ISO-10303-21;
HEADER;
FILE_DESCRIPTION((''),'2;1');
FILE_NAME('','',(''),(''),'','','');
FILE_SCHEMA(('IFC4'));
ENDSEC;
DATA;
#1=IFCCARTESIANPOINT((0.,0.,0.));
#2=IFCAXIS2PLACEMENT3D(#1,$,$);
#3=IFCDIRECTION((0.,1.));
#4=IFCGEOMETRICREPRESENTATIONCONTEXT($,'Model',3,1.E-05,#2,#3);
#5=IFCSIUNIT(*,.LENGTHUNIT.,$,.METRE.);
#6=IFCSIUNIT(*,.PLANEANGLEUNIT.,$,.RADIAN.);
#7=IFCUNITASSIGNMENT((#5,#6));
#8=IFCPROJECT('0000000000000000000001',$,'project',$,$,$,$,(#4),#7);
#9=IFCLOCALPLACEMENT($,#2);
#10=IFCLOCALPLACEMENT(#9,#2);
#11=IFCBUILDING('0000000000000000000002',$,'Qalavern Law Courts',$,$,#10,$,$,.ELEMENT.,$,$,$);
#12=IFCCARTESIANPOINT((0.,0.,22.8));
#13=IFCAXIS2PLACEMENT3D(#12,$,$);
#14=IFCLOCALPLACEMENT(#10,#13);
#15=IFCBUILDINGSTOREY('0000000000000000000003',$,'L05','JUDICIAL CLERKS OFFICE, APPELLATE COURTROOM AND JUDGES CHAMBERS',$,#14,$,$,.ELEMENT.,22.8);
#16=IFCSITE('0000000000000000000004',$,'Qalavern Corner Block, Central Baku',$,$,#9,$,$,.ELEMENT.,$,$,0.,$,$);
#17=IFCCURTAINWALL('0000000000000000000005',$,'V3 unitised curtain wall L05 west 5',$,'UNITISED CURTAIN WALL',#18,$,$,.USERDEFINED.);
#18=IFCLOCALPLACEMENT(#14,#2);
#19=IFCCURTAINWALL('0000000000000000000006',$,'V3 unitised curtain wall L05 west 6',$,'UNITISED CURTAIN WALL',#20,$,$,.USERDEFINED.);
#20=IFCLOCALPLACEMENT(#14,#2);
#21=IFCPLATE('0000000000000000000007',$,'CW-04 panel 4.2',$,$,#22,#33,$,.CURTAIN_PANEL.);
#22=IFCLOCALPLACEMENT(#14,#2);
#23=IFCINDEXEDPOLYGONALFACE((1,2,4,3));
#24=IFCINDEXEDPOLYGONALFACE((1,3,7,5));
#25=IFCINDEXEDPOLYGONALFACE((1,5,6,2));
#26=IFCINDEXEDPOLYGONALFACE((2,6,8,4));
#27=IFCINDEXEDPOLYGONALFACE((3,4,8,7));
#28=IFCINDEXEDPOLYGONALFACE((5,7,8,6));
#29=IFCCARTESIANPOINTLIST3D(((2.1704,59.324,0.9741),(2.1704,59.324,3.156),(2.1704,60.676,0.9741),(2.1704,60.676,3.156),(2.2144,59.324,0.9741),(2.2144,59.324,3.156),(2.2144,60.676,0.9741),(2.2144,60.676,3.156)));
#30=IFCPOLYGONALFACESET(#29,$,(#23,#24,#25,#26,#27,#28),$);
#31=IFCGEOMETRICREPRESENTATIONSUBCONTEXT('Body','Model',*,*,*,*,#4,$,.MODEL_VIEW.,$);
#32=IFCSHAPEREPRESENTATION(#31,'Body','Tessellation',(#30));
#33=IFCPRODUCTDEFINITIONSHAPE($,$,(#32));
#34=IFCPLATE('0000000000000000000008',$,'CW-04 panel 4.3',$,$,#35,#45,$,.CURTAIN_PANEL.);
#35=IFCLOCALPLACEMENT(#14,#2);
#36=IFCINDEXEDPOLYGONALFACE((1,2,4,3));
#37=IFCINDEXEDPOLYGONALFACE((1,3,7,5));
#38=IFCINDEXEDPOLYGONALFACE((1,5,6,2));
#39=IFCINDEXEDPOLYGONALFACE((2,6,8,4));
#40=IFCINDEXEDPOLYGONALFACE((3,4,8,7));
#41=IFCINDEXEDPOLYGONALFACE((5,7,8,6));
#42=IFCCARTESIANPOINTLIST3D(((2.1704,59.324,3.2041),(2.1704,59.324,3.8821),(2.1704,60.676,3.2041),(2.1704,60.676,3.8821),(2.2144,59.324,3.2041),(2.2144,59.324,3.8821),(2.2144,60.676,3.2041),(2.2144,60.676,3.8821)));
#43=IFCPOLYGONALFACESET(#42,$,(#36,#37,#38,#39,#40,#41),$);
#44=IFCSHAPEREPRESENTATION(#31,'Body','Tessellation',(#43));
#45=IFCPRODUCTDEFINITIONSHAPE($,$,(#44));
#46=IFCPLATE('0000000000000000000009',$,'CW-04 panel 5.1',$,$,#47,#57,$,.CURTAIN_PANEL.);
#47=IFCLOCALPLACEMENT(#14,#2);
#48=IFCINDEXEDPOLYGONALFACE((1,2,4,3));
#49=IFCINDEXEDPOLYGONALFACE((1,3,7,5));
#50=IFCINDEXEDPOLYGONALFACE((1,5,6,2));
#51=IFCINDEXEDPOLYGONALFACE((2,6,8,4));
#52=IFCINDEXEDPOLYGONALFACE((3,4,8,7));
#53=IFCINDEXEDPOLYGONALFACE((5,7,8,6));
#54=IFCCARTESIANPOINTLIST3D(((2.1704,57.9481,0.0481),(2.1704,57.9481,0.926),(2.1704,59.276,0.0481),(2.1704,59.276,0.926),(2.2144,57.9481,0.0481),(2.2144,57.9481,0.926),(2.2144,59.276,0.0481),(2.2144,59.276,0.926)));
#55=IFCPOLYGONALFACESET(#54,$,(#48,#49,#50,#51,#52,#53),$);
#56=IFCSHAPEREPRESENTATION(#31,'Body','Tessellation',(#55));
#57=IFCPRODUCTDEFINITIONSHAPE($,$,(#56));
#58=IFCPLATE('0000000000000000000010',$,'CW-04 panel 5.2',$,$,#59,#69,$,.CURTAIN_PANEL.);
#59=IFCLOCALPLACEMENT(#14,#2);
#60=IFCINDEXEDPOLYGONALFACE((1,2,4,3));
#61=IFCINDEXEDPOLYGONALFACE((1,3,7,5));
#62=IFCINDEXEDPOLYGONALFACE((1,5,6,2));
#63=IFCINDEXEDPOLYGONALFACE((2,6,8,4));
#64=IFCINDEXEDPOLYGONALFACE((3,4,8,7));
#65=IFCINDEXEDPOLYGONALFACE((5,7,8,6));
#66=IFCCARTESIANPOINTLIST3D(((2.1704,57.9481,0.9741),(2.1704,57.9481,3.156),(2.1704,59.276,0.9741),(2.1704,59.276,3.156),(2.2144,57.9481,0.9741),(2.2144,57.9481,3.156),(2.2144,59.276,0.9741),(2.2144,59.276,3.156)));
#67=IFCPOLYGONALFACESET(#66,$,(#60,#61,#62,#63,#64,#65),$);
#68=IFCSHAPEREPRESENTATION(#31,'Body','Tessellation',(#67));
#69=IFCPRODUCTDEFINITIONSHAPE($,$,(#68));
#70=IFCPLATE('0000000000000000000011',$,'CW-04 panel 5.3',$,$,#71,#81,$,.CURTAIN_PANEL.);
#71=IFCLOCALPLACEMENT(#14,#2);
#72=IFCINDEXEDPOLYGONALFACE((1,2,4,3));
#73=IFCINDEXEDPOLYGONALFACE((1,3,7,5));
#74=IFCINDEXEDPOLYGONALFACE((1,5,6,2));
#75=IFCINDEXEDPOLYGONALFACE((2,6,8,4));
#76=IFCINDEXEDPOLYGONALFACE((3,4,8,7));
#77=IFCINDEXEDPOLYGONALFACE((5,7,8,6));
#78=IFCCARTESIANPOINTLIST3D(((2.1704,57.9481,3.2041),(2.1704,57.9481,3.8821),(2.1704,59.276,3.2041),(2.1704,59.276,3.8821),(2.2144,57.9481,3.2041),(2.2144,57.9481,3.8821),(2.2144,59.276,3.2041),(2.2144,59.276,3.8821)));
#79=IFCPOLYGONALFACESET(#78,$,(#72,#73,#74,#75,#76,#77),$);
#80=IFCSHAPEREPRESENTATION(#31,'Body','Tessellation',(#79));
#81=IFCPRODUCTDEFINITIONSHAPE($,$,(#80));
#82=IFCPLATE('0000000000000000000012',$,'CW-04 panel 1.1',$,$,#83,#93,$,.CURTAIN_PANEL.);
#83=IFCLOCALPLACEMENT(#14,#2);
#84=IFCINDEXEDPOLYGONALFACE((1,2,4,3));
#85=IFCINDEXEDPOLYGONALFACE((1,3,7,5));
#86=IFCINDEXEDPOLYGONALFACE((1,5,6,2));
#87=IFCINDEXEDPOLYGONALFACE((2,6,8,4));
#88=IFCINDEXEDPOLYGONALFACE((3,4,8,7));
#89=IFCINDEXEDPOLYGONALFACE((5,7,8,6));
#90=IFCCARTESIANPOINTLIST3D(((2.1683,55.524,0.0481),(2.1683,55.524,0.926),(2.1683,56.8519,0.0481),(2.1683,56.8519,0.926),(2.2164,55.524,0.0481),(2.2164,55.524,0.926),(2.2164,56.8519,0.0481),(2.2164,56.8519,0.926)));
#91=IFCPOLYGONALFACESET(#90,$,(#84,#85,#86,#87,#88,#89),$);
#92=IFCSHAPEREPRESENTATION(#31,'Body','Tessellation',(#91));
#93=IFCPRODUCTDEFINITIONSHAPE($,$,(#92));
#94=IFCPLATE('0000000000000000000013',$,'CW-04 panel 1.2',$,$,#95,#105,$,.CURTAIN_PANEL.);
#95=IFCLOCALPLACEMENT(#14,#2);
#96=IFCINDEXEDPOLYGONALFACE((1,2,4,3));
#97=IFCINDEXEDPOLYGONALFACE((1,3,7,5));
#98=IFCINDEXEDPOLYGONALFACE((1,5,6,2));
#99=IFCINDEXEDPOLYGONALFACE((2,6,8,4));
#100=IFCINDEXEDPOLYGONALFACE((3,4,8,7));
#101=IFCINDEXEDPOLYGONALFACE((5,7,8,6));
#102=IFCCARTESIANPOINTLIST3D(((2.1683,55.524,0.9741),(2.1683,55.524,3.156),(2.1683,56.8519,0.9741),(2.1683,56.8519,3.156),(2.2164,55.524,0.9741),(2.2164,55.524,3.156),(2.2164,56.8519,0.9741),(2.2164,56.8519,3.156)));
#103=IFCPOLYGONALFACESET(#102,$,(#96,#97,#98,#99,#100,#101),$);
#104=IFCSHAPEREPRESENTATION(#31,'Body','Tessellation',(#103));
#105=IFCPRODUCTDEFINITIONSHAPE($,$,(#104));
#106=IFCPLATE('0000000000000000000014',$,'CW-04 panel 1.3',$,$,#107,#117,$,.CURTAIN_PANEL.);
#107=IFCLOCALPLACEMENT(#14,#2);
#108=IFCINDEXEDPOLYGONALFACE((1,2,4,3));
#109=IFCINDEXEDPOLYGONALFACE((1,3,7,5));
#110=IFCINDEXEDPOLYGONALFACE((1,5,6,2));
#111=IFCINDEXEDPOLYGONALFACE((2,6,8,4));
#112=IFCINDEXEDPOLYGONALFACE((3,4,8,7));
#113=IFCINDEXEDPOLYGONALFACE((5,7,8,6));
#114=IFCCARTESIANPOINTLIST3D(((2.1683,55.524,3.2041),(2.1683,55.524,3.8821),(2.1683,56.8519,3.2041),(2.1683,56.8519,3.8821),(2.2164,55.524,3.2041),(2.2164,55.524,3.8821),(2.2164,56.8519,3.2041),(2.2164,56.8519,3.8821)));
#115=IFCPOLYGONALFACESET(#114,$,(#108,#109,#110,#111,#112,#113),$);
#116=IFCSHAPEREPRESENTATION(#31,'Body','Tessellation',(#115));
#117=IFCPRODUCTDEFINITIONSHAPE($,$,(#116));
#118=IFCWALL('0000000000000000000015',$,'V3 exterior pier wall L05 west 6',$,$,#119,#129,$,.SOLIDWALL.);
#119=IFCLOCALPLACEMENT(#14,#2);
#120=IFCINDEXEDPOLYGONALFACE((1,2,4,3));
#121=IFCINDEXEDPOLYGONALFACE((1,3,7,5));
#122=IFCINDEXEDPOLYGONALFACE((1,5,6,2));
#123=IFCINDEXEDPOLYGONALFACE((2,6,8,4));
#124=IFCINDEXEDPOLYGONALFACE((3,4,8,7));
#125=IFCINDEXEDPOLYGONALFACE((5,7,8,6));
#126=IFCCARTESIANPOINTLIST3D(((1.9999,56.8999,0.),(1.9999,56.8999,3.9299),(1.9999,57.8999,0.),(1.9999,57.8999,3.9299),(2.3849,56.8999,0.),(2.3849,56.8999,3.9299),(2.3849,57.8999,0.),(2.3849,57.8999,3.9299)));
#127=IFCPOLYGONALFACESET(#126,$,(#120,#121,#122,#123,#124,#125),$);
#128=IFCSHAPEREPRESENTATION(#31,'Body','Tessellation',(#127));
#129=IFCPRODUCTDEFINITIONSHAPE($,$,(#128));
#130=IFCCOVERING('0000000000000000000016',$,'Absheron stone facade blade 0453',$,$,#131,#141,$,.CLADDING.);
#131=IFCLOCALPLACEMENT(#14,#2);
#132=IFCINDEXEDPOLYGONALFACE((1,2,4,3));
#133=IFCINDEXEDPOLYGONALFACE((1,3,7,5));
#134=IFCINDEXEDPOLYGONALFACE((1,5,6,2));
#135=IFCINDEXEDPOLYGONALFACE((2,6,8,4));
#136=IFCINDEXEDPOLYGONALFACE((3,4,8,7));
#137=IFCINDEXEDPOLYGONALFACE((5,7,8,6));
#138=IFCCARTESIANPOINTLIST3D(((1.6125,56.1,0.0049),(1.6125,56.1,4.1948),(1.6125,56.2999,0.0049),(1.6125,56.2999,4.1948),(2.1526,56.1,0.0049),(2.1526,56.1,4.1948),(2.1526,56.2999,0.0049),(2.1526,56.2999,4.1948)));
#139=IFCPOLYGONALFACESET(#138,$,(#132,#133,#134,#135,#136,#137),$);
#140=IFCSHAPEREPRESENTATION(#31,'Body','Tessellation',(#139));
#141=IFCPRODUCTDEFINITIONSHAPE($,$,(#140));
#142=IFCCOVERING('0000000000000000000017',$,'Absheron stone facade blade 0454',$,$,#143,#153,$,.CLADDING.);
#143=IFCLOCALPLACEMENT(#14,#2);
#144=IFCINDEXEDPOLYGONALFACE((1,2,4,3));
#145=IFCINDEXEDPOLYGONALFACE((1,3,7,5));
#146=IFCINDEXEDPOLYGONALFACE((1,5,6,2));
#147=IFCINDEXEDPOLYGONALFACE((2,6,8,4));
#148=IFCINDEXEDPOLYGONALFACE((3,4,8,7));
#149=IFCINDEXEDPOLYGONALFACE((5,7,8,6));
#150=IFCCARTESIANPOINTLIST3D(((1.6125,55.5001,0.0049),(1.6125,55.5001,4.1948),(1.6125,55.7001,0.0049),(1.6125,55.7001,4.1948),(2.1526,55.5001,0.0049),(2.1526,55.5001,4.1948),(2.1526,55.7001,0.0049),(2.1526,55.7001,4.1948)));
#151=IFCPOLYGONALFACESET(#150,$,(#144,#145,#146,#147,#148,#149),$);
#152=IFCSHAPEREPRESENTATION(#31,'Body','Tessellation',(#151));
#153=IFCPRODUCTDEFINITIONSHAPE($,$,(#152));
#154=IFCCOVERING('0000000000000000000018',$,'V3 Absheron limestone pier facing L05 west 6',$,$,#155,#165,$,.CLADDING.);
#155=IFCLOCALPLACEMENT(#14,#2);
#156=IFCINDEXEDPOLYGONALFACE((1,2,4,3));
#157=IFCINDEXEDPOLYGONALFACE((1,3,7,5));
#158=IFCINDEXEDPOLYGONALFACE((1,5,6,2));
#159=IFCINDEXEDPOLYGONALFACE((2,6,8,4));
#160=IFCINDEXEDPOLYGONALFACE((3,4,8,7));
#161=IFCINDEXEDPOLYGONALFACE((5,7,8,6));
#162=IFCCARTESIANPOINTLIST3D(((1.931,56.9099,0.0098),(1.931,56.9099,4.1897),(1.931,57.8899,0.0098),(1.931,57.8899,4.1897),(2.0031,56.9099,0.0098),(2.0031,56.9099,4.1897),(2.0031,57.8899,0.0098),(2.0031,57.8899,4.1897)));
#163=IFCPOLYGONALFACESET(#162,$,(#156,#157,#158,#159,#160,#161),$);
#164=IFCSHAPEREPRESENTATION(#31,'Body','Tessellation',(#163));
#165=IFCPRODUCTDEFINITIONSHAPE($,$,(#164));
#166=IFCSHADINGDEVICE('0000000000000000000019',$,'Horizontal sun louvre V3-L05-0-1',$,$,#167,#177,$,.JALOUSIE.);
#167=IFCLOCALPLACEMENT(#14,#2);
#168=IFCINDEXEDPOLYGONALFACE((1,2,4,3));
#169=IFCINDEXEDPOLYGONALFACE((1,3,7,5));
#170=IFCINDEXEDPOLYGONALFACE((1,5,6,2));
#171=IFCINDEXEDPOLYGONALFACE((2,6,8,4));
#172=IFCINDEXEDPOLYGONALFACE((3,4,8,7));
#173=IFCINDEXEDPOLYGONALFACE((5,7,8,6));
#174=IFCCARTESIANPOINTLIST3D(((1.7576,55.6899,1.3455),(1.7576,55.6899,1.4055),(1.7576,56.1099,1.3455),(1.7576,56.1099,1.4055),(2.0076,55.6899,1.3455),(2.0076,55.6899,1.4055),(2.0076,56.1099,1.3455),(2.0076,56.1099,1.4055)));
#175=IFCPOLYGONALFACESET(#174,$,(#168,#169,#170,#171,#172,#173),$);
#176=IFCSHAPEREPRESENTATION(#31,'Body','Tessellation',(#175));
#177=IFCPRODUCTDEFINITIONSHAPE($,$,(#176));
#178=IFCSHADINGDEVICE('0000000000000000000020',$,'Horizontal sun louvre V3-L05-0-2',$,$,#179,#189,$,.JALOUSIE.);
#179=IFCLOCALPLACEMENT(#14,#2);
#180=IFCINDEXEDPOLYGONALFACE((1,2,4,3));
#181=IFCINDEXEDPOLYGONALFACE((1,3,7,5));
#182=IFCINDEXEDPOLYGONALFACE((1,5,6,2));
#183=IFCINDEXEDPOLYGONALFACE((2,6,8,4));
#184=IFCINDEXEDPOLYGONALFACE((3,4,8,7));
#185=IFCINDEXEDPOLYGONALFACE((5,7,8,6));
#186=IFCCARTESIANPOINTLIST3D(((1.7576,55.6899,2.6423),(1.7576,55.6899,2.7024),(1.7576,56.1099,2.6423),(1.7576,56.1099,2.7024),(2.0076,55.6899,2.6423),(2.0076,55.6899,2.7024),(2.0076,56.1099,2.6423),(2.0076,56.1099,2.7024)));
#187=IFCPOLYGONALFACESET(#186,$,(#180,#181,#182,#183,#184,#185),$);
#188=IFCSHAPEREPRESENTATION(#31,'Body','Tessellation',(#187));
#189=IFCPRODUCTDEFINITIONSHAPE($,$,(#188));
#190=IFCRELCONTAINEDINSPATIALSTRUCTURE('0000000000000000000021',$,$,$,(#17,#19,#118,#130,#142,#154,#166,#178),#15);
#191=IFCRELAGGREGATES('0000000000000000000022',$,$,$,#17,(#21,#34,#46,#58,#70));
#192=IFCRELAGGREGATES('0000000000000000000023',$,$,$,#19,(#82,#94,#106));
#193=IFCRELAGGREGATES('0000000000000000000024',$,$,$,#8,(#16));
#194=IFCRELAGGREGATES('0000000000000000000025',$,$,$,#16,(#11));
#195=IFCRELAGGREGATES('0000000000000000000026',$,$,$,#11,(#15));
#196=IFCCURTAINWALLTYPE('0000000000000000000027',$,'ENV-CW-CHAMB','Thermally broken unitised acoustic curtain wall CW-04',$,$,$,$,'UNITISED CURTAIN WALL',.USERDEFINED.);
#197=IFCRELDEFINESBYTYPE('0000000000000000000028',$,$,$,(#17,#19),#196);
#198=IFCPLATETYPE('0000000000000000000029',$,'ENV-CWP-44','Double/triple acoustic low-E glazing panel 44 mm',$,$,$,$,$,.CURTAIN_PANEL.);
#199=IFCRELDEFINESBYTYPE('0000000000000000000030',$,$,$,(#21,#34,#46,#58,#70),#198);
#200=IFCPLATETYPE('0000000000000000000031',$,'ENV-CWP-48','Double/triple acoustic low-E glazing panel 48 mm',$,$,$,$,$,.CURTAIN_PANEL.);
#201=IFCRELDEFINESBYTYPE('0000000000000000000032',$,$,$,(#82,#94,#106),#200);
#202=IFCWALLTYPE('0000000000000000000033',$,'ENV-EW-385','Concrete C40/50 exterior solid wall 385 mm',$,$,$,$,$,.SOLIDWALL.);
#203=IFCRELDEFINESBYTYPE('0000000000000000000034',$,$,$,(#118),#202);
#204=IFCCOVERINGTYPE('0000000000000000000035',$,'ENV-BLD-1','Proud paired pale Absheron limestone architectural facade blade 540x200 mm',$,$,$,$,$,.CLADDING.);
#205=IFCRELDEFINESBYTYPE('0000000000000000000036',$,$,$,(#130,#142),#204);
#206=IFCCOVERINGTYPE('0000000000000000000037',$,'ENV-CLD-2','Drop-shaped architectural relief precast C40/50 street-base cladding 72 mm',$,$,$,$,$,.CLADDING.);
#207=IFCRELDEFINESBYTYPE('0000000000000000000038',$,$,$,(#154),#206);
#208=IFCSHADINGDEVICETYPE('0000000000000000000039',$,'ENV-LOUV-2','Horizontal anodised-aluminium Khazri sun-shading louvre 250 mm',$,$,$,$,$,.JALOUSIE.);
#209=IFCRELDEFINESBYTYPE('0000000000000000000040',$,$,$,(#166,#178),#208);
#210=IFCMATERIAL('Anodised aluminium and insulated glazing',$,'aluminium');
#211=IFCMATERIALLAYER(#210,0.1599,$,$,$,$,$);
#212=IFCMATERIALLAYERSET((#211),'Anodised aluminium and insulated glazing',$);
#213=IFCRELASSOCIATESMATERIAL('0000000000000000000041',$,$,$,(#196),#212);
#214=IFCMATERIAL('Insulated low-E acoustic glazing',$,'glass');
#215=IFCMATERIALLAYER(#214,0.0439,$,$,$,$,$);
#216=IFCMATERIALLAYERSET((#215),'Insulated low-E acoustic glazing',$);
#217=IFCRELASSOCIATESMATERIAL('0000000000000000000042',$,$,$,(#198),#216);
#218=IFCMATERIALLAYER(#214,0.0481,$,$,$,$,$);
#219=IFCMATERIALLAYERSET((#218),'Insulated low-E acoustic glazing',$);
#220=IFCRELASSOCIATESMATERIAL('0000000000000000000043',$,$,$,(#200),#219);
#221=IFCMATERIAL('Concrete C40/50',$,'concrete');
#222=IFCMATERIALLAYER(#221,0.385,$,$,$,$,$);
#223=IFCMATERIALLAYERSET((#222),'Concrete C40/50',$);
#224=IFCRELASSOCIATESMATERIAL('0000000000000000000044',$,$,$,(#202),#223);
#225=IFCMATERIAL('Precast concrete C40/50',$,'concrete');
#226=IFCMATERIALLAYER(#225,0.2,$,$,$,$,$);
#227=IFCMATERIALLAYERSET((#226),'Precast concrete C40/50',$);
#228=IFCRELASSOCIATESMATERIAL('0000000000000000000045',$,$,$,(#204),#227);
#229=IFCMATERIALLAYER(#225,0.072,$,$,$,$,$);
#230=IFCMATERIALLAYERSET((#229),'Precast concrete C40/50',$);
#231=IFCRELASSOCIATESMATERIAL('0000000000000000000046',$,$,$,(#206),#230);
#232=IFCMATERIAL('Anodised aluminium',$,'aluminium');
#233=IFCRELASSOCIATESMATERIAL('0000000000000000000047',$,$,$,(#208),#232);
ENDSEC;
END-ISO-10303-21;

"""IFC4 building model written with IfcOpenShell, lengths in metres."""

from ifc_helpers import new_model, si_unit, direction, frame, frame_2d, origin, origin_2d, place, context, subcontext, project, spatial, rectangle, extrude, material, layer, layer_set, type_object, element, aggregate, save


model = new_model("IFC4")

# Units and contexts
model_context = context("Model", 3, precision=1e-05, world=origin(), true_north=direction((0.0, 1.0)))
body_context = subcontext(model_context, "Body", "Model", "MODEL_VIEW")
ifc_project = project(units=[si_unit("LENGTHUNIT", "METRE"), si_unit("PLANEANGLEUNIT", "RADIAN")], contexts=[model_context])

# Site, building, storey
site_placement = place(None, origin())
site = spatial("IfcSite", under=ifc_project, at=site_placement, Name="Qalavern Corner Block, Central Baku", CompositionType="ELEMENT", RefElevation=0.0)
building_placement = place(site_placement, origin())
building = spatial("IfcBuilding", under=site, at=building_placement, Name="Qalavern Law Courts", CompositionType="ELEMENT")
storey_placement = place(building_placement, frame((0.0, 0.0, 22.8)))
storey = spatial("IfcBuildingStorey", under=building, at=storey_placement, Name="L05", Description="JUDICIAL CLERKS OFFICE, APPELLATE COURTROOM AND JUDGES CHAMBERS", CompositionType="ELEMENT", Elevation=22.8)

# Curtain walls
ifc_material_1 = material(Name="Anodised aluminium and insulated glazing", Category="aluminium")
ifc_layer_1 = layer(ifc_material_1, 0.1599)
ifc_layer_set_1 = layer_set([ifc_layer_1], Name="Anodised aluminium and insulated glazing")
curtain_wall_type = type_object("IfcCurtainWallType", Name="ENV-CW-CHAMB", Description="Thermally broken unitised acoustic curtain wall CW-04", ElementType="UNITISED CURTAIN WALL", PredefinedType="USERDEFINED", material=ifc_layer_set_1)
curtain_wall_1_placement = place(storey_placement, origin())
curtain_wall_1 = element("IfcCurtainWall", 1, at=curtain_wall_1_placement, inside=storey, type_object=curtain_wall_type, Name="V3 unitised curtain wall L05 west 5", ObjectType="UNITISED CURTAIN WALL", PredefinedType="USERDEFINED")
ifc_material_2 = material(Name="Anodised aluminium", Category="aluminium")
curtain_wall_2_placement = place(storey_placement, origin())
curtain_wall_2 = element("IfcCurtainWall", 2, at=curtain_wall_2_placement, inside=storey, type_object=curtain_wall_type, Name="V3 unitised curtain wall L05 west 6", ObjectType="UNITISED CURTAIN WALL", PredefinedType="USERDEFINED")

# Shared definitions
ifc_material_3 = material(Name="Concrete C40/50", Category="concrete")

# Plates
ifc_material_4 = material(Name="Insulated low-E acoustic glazing", Category="glass")
ifc_layer_2 = layer(ifc_material_4, 0.0439)
ifc_layer_set_2 = layer_set([ifc_layer_2], Name="Insulated low-E acoustic glazing")
plate_type_1 = type_object("IfcPlateType", Name="ENV-CWP-44", Description="Double/triple acoustic low-E glazing panel 44 mm", PredefinedType="CURTAIN_PANEL", material=ifc_layer_set_2)
plate_1_placement = place(storey_placement, frame((2.1924, 60.0, 0.9741), z_axis=(0.0, 0.0, 1.0), x_axis=(0.0, -1.0, 0.0)))
plate_1 = element("IfcPlate", 3, at=plate_1_placement, type_object=plate_type_1, Name="CW-04 panel 4.2", PredefinedType="CURTAIN_PANEL", context=body_context, shape_type="SweptSolid", body=[
    extrude(rectangle(XDim=1.3521, YDim=0.0439, at=origin_2d()), origin(), (0.0, 0.0, 1.0), 2.1819),
])
plate_2_placement = place(storey_placement, frame((2.1924, 60.0, 3.2041), z_axis=(0.0, 0.0, 1.0), x_axis=(0.0, -1.0, 0.0)))
plate_2 = element("IfcPlate", 4, at=plate_2_placement, type_object=plate_type_1, Name="CW-04 panel 4.3", PredefinedType="CURTAIN_PANEL", context=body_context, shape_type="SweptSolid", body=[
    extrude(rectangle(XDim=1.3521, YDim=0.0439, at=origin_2d()), origin(), (0.0, 0.0, 1.0), 0.678),
])
plate_3_placement = place(storey_placement, frame((2.1924, 58.6121, 0.0481), z_axis=(0.0, 0.0, 1.0), x_axis=(0.0, -1.0, 0.0)))
plate_3 = element("IfcPlate", 5, at=plate_3_placement, type_object=plate_type_1, Name="CW-04 panel 5.1", PredefinedType="CURTAIN_PANEL", context=body_context, shape_type="SweptSolid", body=[
    extrude(rectangle(XDim=1.3279, YDim=0.0439, at=origin_2d()), origin(), (0.0, 0.0, 1.0), 0.8779),
])
plate_4_placement = place(storey_placement, frame((2.1924, 58.6121, 0.9741), z_axis=(0.0, 0.0, 1.0), x_axis=(0.0, -1.0, 0.0)))
plate_4 = element("IfcPlate", 6, at=plate_4_placement, type_object=plate_type_1, Name="CW-04 panel 5.2", PredefinedType="CURTAIN_PANEL", context=body_context, shape_type="SweptSolid", body=[
    extrude(rectangle(XDim=1.3279, YDim=0.0439, at=origin_2d()), origin(), (0.0, 0.0, 1.0), 2.1819),
])
plate_5_placement = place(storey_placement, frame((2.1924, 58.6121, 3.2041), z_axis=(0.0, 0.0, 1.0), x_axis=(0.0, -1.0, 0.0)))
plate_5 = element("IfcPlate", 7, at=plate_5_placement, type_object=plate_type_1, Name="CW-04 panel 5.3", PredefinedType="CURTAIN_PANEL", context=body_context, shape_type="SweptSolid", body=[
    extrude(rectangle(XDim=1.3279, YDim=0.0439, at=origin_2d()), origin(), (0.0, 0.0, 1.0), 0.678),
])
aggregate(curtain_wall_1, [plate_1, plate_2, plate_3, plate_4, plate_5])
ifc_layer_3 = layer(ifc_material_4, 0.0481)
ifc_layer_set_3 = layer_set([ifc_layer_3], Name="Insulated low-E acoustic glazing")
plate_type_2 = type_object("IfcPlateType", Name="ENV-CWP-48", Description="Double/triple acoustic low-E glazing panel 48 mm", PredefinedType="CURTAIN_PANEL", material=ifc_layer_set_3)
plate_6_placement = place(storey_placement, frame((2.1924, 56.188, 0.0481), z_axis=(0.0, 0.0, 1.0), x_axis=(0.0, -1.0, 0.0)))
plate_6 = element("IfcPlate", 8, at=plate_6_placement, type_object=plate_type_2, Name="CW-04 panel 1.1", PredefinedType="CURTAIN_PANEL", context=body_context, shape_type="SweptSolid", body=[
    extrude(rectangle(XDim=1.3279, YDim=0.0481, at=origin_2d()), origin(), (0.0, 0.0, 1.0), 0.8779),
])
plate_7_placement = place(storey_placement, frame((2.1924, 56.188, 0.9741), z_axis=(0.0, 0.0, 1.0), x_axis=(0.0, -1.0, 0.0)))
plate_7 = element("IfcPlate", 9, at=plate_7_placement, type_object=plate_type_2, Name="CW-04 panel 1.2", PredefinedType="CURTAIN_PANEL", context=body_context, shape_type="SweptSolid", body=[
    extrude(rectangle(XDim=1.3279, YDim=0.0481, at=origin_2d()), origin(), (0.0, 0.0, 1.0), 2.1819),
])
plate_8_placement = place(storey_placement, frame((2.1924, 56.188, 3.2041), z_axis=(0.0, 0.0, 1.0), x_axis=(0.0, -1.0, 0.0)))
plate_8 = element("IfcPlate", 10, at=plate_8_placement, type_object=plate_type_2, Name="CW-04 panel 1.3", PredefinedType="CURTAIN_PANEL", context=body_context, shape_type="SweptSolid", body=[
    extrude(rectangle(XDim=1.3279, YDim=0.0481, at=origin_2d()), origin(), (0.0, 0.0, 1.0), 0.678),
])
aggregate(curtain_wall_2, [plate_6, plate_7, plate_8])

# Wall
ifc_layer_4 = layer(ifc_material_3, 0.385)
ifc_layer_set_4 = layer_set([ifc_layer_4], Name="Concrete C40/50")
wall_type = type_object("IfcWallType", Name="ENV-EW-385", Description="Concrete C40/50 exterior solid wall 385 mm", PredefinedType="SOLIDWALL", material=ifc_layer_set_4)
wall_placement = place(storey_placement, frame((2.1924, 57.8999, 0.0), z_axis=(0.0, 0.0, 1.0), x_axis=(0.0, -1.0, 0.0)))
element("IfcWall", 11, at=wall_placement, inside=storey, type_object=wall_type, Name="V3 exterior pier wall L05 west 6", PredefinedType="SOLIDWALL", context=body_context, shape_type="SweptSolid", body=[
    extrude(rectangle(XDim=1.0, YDim=0.385, at=frame_2d((0.5, 0.0))), origin(), (0.0, 0.0, 1.0), 3.9299),
])

# Coverings
ifc_material_5 = material(Name="Precast concrete C40/50", Category="concrete")
ifc_layer_5 = layer(ifc_material_5, 0.2)
ifc_layer_set_5 = layer_set([ifc_layer_5], Name="Precast concrete C40/50")
covering_type_1 = type_object("IfcCoveringType", Name="ENV-BLD-1", Description="Proud paired pale Absheron limestone architectural facade blade 540x200 mm", PredefinedType="CLADDING", material=ifc_layer_set_5)
for number, where, z_axis, x_axis, name in (
    (12, (1.8826, 56.2, 0.0049), (0.0, 0.0, 1.0), (-1.0, 0.0, 0.0), "Absheron stone facade blade 0453"),
    (13, (1.8826, 55.6001, 0.0049), (0.0, 0.0, 1.0), (-1.0, 0.0, 0.0), "Absheron stone facade blade 0454"),
):
    element("IfcCovering", number, at=place(storey_placement, frame(where, z_axis=z_axis, x_axis=x_axis)), inside=storey, type_object=covering_type_1, Name=name, PredefinedType="CLADDING", context=body_context, shape_type="SweptSolid", body=[
        extrude(rectangle(XDim=0.54, YDim=0.2, at=origin_2d()), origin(), (0.0, 0.0, 1.0), 4.1899),
    ])
ifc_layer_6 = layer(ifc_material_5, 0.072)
ifc_layer_set_6 = layer_set([ifc_layer_6], Name="Precast concrete C40/50")
covering_type_2 = type_object("IfcCoveringType", Name="ENV-CLD-2", Description="Drop-shaped architectural relief precast C40/50 street-base cladding 72 mm", PredefinedType="CLADDING", material=ifc_layer_set_6)
covering_placement = place(storey_placement, frame((1.967, 57.3999, 0.0098), z_axis=(0.0, 0.0, 1.0), x_axis=(0.0, -1.0, 0.0)))
element("IfcCovering", 14, at=covering_placement, inside=storey, type_object=covering_type_2, Name="V3 Absheron limestone pier facing L05 west 6", PredefinedType="CLADDING", context=body_context, shape_type="SweptSolid", body=[
    extrude(rectangle(XDim=0.98, YDim=0.072, at=origin_2d()), origin(), (0.0, 0.0, 1.0), 4.1799),
])

# Shading devices
shading_device_type = type_object("IfcShadingDeviceType", Name="ENV-LOUV-2", Description="Horizontal anodised-aluminium Khazri sun-shading louvre 250 mm", PredefinedType="JALOUSIE", material=ifc_material_2)
for number, where, z_axis, x_axis, name in (
    (15, (1.8826, 55.8999, 1.3455), (0.0, 0.0, 1.0), (0.0, -1.0, 0.0), "Horizontal sun louvre V3-L05-0-1"),
    (16, (1.8826, 55.8999, 2.6423), (0.0, 0.0, 1.0), (0.0, -1.0, 0.0), "Horizontal sun louvre V3-L05-0-2"),
):
    element("IfcShadingDevice", number, at=place(storey_placement, frame(where, z_axis=z_axis, x_axis=x_axis)), inside=storey, type_object=shading_device_type, Name=name, PredefinedType="JALOUSIE", context=body_context, shape_type="SweptSolid", body=[
        extrude(rectangle(XDim=0.4199, YDim=0.25, at=origin_2d()), origin(), (0.0, 0.0, 1.0), 0.0601),
    ])

save(model, "model.ifc")
